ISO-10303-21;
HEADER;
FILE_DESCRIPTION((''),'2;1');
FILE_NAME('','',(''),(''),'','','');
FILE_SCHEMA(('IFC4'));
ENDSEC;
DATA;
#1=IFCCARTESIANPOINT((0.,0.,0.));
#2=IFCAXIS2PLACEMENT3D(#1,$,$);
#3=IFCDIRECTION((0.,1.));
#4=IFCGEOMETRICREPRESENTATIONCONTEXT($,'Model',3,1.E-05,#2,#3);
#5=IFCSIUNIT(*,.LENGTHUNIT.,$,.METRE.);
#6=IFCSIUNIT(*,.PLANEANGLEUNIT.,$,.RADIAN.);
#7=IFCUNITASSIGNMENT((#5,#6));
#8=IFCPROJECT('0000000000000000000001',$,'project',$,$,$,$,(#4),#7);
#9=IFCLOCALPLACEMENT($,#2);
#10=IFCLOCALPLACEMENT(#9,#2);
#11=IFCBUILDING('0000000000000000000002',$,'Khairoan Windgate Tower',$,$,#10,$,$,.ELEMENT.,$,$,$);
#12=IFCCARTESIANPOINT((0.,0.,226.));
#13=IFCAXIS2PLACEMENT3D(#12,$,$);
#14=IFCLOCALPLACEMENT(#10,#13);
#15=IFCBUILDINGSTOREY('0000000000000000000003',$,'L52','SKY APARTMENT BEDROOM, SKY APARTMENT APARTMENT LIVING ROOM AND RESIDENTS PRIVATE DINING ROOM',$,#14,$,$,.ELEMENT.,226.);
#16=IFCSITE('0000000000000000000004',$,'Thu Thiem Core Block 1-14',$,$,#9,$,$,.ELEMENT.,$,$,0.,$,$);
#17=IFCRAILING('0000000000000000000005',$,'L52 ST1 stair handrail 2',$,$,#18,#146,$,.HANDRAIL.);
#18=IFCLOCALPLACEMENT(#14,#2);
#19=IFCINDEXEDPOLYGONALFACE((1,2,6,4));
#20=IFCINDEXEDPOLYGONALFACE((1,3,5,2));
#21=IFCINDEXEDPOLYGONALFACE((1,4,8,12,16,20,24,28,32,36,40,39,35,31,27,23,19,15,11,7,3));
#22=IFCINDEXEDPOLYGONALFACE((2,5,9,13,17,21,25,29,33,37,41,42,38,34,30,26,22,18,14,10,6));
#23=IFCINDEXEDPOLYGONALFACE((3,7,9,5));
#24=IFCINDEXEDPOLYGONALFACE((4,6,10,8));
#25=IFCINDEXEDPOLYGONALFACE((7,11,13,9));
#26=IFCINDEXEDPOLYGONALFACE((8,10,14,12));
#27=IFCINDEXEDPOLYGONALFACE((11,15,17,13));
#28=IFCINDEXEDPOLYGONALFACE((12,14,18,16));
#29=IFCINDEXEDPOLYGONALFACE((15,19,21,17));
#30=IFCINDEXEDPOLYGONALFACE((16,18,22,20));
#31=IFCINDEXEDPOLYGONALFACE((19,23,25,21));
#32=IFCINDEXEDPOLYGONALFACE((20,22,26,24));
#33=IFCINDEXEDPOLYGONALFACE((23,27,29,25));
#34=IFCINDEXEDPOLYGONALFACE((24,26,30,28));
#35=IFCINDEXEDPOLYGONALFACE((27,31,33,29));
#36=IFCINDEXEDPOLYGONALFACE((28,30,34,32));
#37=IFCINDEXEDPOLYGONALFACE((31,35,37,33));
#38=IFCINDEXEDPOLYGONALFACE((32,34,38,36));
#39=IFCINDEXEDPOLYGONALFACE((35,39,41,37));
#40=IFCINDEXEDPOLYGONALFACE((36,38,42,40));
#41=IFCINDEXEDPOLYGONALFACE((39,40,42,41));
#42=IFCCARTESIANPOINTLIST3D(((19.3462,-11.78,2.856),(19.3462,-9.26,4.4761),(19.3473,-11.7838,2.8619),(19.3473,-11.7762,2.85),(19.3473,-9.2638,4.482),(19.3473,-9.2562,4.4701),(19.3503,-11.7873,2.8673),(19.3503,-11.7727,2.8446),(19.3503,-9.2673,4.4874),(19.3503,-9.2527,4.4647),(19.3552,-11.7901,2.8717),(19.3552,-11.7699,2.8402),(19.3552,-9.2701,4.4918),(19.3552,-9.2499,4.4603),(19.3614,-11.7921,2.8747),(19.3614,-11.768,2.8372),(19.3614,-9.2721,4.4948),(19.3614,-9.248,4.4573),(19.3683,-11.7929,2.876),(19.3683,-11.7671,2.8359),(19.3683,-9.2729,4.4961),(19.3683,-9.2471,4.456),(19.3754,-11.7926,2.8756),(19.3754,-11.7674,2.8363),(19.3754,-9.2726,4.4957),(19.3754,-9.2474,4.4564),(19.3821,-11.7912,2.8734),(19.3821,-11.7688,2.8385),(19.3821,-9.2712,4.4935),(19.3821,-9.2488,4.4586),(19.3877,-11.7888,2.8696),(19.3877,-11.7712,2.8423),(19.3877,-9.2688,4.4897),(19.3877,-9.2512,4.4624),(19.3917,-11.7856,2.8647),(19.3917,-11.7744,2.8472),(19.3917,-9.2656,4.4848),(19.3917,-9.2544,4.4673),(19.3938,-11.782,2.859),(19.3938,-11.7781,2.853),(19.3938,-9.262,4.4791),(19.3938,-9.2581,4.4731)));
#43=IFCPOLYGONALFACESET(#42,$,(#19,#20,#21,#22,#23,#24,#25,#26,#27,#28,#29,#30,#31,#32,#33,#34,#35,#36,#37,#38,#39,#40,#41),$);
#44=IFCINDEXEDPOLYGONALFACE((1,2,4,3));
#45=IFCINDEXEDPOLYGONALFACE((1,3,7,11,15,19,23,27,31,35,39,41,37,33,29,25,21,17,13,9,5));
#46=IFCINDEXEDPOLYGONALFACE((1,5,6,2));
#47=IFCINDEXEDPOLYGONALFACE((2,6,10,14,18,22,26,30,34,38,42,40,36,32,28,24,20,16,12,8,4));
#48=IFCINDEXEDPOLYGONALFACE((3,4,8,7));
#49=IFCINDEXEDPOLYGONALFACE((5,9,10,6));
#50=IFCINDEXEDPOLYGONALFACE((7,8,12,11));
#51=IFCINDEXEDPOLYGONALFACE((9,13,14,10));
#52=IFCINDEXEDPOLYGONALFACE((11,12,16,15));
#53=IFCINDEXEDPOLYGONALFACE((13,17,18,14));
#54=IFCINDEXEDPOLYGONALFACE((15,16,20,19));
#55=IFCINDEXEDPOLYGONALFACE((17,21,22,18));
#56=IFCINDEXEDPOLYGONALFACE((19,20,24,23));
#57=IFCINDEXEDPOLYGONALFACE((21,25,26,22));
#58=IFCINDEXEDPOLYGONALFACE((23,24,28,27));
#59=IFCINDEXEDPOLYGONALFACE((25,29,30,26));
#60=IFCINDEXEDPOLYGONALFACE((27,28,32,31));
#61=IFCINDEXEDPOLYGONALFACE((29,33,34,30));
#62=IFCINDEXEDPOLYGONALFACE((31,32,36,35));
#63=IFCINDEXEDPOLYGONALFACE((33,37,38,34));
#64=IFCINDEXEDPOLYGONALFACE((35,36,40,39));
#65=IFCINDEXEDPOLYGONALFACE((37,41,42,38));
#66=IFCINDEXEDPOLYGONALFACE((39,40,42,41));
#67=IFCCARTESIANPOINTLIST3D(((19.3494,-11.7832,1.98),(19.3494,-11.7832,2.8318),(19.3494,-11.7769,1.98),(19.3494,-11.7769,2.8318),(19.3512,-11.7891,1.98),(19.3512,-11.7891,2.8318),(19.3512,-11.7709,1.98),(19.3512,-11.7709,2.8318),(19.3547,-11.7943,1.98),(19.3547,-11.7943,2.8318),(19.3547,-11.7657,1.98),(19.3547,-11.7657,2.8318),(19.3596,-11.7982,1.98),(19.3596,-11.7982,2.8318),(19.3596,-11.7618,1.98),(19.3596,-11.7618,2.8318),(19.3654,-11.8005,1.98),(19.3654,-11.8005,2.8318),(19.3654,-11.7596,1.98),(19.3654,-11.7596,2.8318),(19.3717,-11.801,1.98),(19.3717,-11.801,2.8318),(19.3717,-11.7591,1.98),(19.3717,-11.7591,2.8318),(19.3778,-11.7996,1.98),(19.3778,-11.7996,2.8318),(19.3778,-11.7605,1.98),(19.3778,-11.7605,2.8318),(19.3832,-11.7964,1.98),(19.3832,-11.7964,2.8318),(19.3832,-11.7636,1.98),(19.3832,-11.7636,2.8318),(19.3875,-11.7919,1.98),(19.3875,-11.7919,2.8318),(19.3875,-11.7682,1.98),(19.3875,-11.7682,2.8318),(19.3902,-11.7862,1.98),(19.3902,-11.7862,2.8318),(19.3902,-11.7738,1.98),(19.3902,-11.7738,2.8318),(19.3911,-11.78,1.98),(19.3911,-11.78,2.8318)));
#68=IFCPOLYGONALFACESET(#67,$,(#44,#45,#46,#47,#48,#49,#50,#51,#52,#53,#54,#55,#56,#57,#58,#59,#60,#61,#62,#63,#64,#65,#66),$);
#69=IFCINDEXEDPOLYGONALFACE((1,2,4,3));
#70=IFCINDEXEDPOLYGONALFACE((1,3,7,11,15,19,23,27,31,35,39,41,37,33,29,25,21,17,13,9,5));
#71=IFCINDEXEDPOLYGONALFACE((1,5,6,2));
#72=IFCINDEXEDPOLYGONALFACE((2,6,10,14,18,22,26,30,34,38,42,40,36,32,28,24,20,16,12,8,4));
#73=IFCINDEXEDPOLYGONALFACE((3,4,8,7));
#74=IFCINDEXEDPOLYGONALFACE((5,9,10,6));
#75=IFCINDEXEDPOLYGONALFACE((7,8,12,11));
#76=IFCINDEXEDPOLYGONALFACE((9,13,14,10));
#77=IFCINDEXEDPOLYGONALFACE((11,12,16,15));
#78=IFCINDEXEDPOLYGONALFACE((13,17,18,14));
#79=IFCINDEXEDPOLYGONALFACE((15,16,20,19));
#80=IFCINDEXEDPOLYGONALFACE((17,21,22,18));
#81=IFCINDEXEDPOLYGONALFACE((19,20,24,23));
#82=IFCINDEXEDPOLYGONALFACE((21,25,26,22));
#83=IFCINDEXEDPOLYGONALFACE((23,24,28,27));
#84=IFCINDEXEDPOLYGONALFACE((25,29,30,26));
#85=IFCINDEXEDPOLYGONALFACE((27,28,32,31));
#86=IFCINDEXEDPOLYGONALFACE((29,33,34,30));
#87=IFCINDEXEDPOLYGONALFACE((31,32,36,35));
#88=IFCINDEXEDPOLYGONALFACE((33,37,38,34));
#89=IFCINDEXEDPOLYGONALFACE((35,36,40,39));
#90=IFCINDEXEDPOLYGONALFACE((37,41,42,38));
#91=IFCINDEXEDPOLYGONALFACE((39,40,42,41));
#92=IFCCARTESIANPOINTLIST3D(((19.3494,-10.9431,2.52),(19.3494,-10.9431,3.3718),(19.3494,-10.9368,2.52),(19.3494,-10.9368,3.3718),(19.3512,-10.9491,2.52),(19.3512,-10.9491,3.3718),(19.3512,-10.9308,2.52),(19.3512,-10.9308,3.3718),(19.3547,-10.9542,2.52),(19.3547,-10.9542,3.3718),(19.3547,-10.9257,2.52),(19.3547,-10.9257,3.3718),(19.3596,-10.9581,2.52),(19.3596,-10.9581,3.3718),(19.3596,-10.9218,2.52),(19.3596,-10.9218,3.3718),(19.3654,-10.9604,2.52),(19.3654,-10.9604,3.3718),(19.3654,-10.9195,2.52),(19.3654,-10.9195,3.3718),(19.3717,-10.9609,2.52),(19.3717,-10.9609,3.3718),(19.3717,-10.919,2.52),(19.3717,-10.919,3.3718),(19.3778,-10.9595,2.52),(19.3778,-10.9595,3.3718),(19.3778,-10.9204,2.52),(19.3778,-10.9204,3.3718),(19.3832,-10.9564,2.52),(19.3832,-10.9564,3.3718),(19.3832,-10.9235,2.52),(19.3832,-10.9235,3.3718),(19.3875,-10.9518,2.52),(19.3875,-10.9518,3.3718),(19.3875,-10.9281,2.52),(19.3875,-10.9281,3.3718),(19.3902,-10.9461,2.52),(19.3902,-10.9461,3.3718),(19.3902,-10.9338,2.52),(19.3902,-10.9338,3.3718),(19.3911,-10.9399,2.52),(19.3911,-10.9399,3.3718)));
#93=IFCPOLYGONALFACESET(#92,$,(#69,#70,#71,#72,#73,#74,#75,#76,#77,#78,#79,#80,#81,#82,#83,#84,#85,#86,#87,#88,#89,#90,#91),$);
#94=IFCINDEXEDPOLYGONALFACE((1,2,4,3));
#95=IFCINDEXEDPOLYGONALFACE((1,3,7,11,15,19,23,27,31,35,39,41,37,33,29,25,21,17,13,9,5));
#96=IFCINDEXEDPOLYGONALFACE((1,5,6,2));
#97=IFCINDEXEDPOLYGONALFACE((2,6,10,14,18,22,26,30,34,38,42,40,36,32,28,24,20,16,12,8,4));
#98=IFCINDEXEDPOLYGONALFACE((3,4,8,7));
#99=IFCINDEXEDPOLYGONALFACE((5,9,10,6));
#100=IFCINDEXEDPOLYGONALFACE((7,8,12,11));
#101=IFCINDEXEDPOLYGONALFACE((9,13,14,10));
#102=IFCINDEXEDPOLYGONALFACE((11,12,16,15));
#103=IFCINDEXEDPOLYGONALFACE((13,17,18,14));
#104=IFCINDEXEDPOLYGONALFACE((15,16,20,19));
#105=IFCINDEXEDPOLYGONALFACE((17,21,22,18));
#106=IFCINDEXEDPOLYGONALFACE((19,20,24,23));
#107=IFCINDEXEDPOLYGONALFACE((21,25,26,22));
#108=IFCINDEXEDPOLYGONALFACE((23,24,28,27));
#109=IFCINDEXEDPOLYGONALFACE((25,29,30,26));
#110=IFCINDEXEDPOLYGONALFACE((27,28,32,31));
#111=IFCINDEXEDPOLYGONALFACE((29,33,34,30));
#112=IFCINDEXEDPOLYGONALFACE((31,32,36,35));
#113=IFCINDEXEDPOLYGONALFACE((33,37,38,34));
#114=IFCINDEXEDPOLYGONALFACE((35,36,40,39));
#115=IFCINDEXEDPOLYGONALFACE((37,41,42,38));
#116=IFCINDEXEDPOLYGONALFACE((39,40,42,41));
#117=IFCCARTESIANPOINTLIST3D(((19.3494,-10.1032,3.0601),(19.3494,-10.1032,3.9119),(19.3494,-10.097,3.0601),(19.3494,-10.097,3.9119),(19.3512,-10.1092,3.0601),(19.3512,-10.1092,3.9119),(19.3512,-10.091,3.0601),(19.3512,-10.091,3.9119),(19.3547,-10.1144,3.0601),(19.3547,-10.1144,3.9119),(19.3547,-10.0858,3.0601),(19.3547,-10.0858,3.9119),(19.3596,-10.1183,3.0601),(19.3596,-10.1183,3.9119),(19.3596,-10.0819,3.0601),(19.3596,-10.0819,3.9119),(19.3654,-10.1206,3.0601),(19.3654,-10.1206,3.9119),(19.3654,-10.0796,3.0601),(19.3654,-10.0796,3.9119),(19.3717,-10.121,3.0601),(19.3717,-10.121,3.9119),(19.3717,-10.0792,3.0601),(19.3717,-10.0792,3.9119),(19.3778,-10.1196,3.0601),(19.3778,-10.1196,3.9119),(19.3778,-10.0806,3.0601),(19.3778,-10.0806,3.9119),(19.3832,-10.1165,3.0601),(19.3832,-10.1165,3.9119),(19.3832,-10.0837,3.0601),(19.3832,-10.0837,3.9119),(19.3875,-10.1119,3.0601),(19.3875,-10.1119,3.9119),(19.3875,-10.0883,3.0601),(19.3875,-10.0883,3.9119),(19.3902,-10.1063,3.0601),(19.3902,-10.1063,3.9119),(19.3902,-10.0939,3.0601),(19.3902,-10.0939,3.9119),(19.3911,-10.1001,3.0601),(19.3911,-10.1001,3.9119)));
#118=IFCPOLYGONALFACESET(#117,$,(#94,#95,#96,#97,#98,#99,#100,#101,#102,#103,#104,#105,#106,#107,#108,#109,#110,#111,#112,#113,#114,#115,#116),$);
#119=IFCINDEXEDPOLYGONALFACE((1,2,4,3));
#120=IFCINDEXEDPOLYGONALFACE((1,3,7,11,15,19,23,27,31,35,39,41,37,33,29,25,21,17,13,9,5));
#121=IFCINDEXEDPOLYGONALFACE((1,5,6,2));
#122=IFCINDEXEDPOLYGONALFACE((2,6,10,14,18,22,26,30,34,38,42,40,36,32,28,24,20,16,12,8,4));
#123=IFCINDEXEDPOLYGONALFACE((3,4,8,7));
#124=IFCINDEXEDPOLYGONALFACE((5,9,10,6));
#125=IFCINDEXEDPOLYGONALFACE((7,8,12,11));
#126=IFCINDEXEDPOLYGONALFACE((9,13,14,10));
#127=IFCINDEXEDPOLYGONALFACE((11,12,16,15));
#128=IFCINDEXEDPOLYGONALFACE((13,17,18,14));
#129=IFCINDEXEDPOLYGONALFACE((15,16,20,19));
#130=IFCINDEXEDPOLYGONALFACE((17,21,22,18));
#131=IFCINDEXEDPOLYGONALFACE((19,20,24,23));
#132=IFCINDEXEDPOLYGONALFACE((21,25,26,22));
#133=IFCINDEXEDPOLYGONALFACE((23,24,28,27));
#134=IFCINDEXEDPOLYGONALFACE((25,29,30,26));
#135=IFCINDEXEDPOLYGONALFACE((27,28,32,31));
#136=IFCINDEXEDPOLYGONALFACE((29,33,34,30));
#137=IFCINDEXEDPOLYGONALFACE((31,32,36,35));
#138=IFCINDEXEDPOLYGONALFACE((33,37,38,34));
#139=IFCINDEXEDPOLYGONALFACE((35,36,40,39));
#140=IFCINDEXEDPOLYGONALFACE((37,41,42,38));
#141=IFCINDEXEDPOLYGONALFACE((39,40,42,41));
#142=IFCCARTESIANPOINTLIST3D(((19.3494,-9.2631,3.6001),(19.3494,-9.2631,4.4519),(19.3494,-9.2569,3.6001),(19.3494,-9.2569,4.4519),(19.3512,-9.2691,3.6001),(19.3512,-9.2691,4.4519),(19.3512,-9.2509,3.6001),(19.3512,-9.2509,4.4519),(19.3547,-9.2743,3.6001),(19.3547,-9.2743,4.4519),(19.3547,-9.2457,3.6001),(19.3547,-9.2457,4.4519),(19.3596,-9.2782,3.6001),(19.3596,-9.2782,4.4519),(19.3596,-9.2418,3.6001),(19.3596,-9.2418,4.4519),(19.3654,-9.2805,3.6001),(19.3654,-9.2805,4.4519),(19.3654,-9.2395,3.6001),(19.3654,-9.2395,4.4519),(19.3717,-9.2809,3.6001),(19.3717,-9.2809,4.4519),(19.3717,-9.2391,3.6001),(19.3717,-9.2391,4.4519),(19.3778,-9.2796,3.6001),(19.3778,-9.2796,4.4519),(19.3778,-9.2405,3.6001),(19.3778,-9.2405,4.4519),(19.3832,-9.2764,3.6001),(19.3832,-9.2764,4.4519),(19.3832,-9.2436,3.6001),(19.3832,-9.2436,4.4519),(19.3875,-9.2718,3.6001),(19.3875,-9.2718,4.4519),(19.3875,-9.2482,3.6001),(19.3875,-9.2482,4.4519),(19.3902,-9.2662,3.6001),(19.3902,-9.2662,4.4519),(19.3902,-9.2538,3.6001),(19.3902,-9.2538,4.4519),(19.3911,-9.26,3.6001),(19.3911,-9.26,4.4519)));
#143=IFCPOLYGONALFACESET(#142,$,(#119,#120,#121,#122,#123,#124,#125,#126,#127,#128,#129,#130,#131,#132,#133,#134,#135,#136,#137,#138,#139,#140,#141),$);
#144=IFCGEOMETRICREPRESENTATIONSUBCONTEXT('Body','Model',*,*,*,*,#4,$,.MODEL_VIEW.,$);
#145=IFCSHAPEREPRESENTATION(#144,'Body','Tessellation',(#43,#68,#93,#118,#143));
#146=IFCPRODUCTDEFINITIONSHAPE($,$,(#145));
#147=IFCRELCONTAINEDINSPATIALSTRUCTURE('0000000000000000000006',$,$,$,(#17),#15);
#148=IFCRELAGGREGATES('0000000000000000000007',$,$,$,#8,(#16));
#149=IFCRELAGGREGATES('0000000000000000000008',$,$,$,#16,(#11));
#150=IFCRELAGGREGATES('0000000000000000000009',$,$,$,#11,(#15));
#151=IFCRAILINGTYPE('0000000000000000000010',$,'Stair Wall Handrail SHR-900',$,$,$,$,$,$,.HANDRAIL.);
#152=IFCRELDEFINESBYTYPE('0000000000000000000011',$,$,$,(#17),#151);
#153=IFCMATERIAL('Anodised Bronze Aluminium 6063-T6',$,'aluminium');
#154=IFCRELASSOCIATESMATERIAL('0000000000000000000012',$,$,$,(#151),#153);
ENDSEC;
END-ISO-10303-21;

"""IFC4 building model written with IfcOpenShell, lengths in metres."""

from ifc_helpers import new_model, si_unit, direction, frame, origin, origin_2d, place, context, subcontext, project, spatial, circle, extrude, material, type_object, element, save


model = new_model("IFC4")

# Units and contexts
model_context = context("Model", 3, precision=1e-05, world=origin(), true_north=direction((0.0, 1.0)))
body_context = subcontext(model_context, "Body", "Model", "MODEL_VIEW")
ifc_project = project(units=[si_unit("LENGTHUNIT", "METRE"), si_unit("PLANEANGLEUNIT", "RADIAN")], contexts=[model_context])

# Site, building, storey
site_placement = place(None, origin())
site = spatial("IfcSite", under=ifc_project, at=site_placement, Name="Thu Thiem Core Block 1-14", CompositionType="ELEMENT", RefElevation=0.0)
building_placement = place(site_placement, origin())
building = spatial("IfcBuilding", under=site, at=building_placement, Name="Khairoan Windgate Tower", CompositionType="ELEMENT")
storey_placement = place(building_placement, frame((0.0, 0.0, 226.0)))
storey = spatial("IfcBuildingStorey", under=building, at=storey_placement, Name="L52", Description="SKY APARTMENT BEDROOM, SKY APARTMENT APARTMENT LIVING ROOM AND RESIDENTS PRIVATE DINING ROOM", CompositionType="ELEMENT", Elevation=226.0)

# Railing
ifc_material_1 = material(Name="Anodised Bronze Aluminium 6063-T6", Category="aluminium")
railing_type_1 = type_object("IfcRailingType", Name="Stair Wall Handrail SHR-900", PredefinedType="HANDRAIL", material=ifc_material_1)
railing_1_placement = place(storey_placement, frame((19.3701, -11.78, 1.98)))
element("IfcRailing", 1, at=railing_1_placement, inside=storey, type_object=railing_type_1, Name="L52 ST1 stair handrail 2", PredefinedType="HANDRAIL", context=body_context, shape_type="SweptSolid", body=[
    extrude(circle(Radius=0.0239, at=origin_2d()), frame((0.0, 0.0, 0.876), z_axis=(0.0, 0.841163, 0.540782), x_axis=(-1.0, 0.0, 0.0)), (0.0, 0.0, 1.0), 2.9958),
    extrude(circle(Radius=0.021, at=origin_2d()), origin(), (0.0, 0.0, 1.0), 0.8518),
    extrude(circle(Radius=0.021, at=origin_2d()), frame((0.0, 0.8401, 0.54)), (0.0, 0.0, 1.0), 0.8518),
    extrude(circle(Radius=0.021, at=origin_2d()), frame((0.0, 1.6799, 1.0801)), (0.0, 0.0, 1.0), 0.8518),
    extrude(circle(Radius=0.021, at=origin_2d()), frame((0.0, 2.52, 1.6201)), (0.0, 0.0, 1.0), 0.8518),
])

save(model, "model.ifc")
